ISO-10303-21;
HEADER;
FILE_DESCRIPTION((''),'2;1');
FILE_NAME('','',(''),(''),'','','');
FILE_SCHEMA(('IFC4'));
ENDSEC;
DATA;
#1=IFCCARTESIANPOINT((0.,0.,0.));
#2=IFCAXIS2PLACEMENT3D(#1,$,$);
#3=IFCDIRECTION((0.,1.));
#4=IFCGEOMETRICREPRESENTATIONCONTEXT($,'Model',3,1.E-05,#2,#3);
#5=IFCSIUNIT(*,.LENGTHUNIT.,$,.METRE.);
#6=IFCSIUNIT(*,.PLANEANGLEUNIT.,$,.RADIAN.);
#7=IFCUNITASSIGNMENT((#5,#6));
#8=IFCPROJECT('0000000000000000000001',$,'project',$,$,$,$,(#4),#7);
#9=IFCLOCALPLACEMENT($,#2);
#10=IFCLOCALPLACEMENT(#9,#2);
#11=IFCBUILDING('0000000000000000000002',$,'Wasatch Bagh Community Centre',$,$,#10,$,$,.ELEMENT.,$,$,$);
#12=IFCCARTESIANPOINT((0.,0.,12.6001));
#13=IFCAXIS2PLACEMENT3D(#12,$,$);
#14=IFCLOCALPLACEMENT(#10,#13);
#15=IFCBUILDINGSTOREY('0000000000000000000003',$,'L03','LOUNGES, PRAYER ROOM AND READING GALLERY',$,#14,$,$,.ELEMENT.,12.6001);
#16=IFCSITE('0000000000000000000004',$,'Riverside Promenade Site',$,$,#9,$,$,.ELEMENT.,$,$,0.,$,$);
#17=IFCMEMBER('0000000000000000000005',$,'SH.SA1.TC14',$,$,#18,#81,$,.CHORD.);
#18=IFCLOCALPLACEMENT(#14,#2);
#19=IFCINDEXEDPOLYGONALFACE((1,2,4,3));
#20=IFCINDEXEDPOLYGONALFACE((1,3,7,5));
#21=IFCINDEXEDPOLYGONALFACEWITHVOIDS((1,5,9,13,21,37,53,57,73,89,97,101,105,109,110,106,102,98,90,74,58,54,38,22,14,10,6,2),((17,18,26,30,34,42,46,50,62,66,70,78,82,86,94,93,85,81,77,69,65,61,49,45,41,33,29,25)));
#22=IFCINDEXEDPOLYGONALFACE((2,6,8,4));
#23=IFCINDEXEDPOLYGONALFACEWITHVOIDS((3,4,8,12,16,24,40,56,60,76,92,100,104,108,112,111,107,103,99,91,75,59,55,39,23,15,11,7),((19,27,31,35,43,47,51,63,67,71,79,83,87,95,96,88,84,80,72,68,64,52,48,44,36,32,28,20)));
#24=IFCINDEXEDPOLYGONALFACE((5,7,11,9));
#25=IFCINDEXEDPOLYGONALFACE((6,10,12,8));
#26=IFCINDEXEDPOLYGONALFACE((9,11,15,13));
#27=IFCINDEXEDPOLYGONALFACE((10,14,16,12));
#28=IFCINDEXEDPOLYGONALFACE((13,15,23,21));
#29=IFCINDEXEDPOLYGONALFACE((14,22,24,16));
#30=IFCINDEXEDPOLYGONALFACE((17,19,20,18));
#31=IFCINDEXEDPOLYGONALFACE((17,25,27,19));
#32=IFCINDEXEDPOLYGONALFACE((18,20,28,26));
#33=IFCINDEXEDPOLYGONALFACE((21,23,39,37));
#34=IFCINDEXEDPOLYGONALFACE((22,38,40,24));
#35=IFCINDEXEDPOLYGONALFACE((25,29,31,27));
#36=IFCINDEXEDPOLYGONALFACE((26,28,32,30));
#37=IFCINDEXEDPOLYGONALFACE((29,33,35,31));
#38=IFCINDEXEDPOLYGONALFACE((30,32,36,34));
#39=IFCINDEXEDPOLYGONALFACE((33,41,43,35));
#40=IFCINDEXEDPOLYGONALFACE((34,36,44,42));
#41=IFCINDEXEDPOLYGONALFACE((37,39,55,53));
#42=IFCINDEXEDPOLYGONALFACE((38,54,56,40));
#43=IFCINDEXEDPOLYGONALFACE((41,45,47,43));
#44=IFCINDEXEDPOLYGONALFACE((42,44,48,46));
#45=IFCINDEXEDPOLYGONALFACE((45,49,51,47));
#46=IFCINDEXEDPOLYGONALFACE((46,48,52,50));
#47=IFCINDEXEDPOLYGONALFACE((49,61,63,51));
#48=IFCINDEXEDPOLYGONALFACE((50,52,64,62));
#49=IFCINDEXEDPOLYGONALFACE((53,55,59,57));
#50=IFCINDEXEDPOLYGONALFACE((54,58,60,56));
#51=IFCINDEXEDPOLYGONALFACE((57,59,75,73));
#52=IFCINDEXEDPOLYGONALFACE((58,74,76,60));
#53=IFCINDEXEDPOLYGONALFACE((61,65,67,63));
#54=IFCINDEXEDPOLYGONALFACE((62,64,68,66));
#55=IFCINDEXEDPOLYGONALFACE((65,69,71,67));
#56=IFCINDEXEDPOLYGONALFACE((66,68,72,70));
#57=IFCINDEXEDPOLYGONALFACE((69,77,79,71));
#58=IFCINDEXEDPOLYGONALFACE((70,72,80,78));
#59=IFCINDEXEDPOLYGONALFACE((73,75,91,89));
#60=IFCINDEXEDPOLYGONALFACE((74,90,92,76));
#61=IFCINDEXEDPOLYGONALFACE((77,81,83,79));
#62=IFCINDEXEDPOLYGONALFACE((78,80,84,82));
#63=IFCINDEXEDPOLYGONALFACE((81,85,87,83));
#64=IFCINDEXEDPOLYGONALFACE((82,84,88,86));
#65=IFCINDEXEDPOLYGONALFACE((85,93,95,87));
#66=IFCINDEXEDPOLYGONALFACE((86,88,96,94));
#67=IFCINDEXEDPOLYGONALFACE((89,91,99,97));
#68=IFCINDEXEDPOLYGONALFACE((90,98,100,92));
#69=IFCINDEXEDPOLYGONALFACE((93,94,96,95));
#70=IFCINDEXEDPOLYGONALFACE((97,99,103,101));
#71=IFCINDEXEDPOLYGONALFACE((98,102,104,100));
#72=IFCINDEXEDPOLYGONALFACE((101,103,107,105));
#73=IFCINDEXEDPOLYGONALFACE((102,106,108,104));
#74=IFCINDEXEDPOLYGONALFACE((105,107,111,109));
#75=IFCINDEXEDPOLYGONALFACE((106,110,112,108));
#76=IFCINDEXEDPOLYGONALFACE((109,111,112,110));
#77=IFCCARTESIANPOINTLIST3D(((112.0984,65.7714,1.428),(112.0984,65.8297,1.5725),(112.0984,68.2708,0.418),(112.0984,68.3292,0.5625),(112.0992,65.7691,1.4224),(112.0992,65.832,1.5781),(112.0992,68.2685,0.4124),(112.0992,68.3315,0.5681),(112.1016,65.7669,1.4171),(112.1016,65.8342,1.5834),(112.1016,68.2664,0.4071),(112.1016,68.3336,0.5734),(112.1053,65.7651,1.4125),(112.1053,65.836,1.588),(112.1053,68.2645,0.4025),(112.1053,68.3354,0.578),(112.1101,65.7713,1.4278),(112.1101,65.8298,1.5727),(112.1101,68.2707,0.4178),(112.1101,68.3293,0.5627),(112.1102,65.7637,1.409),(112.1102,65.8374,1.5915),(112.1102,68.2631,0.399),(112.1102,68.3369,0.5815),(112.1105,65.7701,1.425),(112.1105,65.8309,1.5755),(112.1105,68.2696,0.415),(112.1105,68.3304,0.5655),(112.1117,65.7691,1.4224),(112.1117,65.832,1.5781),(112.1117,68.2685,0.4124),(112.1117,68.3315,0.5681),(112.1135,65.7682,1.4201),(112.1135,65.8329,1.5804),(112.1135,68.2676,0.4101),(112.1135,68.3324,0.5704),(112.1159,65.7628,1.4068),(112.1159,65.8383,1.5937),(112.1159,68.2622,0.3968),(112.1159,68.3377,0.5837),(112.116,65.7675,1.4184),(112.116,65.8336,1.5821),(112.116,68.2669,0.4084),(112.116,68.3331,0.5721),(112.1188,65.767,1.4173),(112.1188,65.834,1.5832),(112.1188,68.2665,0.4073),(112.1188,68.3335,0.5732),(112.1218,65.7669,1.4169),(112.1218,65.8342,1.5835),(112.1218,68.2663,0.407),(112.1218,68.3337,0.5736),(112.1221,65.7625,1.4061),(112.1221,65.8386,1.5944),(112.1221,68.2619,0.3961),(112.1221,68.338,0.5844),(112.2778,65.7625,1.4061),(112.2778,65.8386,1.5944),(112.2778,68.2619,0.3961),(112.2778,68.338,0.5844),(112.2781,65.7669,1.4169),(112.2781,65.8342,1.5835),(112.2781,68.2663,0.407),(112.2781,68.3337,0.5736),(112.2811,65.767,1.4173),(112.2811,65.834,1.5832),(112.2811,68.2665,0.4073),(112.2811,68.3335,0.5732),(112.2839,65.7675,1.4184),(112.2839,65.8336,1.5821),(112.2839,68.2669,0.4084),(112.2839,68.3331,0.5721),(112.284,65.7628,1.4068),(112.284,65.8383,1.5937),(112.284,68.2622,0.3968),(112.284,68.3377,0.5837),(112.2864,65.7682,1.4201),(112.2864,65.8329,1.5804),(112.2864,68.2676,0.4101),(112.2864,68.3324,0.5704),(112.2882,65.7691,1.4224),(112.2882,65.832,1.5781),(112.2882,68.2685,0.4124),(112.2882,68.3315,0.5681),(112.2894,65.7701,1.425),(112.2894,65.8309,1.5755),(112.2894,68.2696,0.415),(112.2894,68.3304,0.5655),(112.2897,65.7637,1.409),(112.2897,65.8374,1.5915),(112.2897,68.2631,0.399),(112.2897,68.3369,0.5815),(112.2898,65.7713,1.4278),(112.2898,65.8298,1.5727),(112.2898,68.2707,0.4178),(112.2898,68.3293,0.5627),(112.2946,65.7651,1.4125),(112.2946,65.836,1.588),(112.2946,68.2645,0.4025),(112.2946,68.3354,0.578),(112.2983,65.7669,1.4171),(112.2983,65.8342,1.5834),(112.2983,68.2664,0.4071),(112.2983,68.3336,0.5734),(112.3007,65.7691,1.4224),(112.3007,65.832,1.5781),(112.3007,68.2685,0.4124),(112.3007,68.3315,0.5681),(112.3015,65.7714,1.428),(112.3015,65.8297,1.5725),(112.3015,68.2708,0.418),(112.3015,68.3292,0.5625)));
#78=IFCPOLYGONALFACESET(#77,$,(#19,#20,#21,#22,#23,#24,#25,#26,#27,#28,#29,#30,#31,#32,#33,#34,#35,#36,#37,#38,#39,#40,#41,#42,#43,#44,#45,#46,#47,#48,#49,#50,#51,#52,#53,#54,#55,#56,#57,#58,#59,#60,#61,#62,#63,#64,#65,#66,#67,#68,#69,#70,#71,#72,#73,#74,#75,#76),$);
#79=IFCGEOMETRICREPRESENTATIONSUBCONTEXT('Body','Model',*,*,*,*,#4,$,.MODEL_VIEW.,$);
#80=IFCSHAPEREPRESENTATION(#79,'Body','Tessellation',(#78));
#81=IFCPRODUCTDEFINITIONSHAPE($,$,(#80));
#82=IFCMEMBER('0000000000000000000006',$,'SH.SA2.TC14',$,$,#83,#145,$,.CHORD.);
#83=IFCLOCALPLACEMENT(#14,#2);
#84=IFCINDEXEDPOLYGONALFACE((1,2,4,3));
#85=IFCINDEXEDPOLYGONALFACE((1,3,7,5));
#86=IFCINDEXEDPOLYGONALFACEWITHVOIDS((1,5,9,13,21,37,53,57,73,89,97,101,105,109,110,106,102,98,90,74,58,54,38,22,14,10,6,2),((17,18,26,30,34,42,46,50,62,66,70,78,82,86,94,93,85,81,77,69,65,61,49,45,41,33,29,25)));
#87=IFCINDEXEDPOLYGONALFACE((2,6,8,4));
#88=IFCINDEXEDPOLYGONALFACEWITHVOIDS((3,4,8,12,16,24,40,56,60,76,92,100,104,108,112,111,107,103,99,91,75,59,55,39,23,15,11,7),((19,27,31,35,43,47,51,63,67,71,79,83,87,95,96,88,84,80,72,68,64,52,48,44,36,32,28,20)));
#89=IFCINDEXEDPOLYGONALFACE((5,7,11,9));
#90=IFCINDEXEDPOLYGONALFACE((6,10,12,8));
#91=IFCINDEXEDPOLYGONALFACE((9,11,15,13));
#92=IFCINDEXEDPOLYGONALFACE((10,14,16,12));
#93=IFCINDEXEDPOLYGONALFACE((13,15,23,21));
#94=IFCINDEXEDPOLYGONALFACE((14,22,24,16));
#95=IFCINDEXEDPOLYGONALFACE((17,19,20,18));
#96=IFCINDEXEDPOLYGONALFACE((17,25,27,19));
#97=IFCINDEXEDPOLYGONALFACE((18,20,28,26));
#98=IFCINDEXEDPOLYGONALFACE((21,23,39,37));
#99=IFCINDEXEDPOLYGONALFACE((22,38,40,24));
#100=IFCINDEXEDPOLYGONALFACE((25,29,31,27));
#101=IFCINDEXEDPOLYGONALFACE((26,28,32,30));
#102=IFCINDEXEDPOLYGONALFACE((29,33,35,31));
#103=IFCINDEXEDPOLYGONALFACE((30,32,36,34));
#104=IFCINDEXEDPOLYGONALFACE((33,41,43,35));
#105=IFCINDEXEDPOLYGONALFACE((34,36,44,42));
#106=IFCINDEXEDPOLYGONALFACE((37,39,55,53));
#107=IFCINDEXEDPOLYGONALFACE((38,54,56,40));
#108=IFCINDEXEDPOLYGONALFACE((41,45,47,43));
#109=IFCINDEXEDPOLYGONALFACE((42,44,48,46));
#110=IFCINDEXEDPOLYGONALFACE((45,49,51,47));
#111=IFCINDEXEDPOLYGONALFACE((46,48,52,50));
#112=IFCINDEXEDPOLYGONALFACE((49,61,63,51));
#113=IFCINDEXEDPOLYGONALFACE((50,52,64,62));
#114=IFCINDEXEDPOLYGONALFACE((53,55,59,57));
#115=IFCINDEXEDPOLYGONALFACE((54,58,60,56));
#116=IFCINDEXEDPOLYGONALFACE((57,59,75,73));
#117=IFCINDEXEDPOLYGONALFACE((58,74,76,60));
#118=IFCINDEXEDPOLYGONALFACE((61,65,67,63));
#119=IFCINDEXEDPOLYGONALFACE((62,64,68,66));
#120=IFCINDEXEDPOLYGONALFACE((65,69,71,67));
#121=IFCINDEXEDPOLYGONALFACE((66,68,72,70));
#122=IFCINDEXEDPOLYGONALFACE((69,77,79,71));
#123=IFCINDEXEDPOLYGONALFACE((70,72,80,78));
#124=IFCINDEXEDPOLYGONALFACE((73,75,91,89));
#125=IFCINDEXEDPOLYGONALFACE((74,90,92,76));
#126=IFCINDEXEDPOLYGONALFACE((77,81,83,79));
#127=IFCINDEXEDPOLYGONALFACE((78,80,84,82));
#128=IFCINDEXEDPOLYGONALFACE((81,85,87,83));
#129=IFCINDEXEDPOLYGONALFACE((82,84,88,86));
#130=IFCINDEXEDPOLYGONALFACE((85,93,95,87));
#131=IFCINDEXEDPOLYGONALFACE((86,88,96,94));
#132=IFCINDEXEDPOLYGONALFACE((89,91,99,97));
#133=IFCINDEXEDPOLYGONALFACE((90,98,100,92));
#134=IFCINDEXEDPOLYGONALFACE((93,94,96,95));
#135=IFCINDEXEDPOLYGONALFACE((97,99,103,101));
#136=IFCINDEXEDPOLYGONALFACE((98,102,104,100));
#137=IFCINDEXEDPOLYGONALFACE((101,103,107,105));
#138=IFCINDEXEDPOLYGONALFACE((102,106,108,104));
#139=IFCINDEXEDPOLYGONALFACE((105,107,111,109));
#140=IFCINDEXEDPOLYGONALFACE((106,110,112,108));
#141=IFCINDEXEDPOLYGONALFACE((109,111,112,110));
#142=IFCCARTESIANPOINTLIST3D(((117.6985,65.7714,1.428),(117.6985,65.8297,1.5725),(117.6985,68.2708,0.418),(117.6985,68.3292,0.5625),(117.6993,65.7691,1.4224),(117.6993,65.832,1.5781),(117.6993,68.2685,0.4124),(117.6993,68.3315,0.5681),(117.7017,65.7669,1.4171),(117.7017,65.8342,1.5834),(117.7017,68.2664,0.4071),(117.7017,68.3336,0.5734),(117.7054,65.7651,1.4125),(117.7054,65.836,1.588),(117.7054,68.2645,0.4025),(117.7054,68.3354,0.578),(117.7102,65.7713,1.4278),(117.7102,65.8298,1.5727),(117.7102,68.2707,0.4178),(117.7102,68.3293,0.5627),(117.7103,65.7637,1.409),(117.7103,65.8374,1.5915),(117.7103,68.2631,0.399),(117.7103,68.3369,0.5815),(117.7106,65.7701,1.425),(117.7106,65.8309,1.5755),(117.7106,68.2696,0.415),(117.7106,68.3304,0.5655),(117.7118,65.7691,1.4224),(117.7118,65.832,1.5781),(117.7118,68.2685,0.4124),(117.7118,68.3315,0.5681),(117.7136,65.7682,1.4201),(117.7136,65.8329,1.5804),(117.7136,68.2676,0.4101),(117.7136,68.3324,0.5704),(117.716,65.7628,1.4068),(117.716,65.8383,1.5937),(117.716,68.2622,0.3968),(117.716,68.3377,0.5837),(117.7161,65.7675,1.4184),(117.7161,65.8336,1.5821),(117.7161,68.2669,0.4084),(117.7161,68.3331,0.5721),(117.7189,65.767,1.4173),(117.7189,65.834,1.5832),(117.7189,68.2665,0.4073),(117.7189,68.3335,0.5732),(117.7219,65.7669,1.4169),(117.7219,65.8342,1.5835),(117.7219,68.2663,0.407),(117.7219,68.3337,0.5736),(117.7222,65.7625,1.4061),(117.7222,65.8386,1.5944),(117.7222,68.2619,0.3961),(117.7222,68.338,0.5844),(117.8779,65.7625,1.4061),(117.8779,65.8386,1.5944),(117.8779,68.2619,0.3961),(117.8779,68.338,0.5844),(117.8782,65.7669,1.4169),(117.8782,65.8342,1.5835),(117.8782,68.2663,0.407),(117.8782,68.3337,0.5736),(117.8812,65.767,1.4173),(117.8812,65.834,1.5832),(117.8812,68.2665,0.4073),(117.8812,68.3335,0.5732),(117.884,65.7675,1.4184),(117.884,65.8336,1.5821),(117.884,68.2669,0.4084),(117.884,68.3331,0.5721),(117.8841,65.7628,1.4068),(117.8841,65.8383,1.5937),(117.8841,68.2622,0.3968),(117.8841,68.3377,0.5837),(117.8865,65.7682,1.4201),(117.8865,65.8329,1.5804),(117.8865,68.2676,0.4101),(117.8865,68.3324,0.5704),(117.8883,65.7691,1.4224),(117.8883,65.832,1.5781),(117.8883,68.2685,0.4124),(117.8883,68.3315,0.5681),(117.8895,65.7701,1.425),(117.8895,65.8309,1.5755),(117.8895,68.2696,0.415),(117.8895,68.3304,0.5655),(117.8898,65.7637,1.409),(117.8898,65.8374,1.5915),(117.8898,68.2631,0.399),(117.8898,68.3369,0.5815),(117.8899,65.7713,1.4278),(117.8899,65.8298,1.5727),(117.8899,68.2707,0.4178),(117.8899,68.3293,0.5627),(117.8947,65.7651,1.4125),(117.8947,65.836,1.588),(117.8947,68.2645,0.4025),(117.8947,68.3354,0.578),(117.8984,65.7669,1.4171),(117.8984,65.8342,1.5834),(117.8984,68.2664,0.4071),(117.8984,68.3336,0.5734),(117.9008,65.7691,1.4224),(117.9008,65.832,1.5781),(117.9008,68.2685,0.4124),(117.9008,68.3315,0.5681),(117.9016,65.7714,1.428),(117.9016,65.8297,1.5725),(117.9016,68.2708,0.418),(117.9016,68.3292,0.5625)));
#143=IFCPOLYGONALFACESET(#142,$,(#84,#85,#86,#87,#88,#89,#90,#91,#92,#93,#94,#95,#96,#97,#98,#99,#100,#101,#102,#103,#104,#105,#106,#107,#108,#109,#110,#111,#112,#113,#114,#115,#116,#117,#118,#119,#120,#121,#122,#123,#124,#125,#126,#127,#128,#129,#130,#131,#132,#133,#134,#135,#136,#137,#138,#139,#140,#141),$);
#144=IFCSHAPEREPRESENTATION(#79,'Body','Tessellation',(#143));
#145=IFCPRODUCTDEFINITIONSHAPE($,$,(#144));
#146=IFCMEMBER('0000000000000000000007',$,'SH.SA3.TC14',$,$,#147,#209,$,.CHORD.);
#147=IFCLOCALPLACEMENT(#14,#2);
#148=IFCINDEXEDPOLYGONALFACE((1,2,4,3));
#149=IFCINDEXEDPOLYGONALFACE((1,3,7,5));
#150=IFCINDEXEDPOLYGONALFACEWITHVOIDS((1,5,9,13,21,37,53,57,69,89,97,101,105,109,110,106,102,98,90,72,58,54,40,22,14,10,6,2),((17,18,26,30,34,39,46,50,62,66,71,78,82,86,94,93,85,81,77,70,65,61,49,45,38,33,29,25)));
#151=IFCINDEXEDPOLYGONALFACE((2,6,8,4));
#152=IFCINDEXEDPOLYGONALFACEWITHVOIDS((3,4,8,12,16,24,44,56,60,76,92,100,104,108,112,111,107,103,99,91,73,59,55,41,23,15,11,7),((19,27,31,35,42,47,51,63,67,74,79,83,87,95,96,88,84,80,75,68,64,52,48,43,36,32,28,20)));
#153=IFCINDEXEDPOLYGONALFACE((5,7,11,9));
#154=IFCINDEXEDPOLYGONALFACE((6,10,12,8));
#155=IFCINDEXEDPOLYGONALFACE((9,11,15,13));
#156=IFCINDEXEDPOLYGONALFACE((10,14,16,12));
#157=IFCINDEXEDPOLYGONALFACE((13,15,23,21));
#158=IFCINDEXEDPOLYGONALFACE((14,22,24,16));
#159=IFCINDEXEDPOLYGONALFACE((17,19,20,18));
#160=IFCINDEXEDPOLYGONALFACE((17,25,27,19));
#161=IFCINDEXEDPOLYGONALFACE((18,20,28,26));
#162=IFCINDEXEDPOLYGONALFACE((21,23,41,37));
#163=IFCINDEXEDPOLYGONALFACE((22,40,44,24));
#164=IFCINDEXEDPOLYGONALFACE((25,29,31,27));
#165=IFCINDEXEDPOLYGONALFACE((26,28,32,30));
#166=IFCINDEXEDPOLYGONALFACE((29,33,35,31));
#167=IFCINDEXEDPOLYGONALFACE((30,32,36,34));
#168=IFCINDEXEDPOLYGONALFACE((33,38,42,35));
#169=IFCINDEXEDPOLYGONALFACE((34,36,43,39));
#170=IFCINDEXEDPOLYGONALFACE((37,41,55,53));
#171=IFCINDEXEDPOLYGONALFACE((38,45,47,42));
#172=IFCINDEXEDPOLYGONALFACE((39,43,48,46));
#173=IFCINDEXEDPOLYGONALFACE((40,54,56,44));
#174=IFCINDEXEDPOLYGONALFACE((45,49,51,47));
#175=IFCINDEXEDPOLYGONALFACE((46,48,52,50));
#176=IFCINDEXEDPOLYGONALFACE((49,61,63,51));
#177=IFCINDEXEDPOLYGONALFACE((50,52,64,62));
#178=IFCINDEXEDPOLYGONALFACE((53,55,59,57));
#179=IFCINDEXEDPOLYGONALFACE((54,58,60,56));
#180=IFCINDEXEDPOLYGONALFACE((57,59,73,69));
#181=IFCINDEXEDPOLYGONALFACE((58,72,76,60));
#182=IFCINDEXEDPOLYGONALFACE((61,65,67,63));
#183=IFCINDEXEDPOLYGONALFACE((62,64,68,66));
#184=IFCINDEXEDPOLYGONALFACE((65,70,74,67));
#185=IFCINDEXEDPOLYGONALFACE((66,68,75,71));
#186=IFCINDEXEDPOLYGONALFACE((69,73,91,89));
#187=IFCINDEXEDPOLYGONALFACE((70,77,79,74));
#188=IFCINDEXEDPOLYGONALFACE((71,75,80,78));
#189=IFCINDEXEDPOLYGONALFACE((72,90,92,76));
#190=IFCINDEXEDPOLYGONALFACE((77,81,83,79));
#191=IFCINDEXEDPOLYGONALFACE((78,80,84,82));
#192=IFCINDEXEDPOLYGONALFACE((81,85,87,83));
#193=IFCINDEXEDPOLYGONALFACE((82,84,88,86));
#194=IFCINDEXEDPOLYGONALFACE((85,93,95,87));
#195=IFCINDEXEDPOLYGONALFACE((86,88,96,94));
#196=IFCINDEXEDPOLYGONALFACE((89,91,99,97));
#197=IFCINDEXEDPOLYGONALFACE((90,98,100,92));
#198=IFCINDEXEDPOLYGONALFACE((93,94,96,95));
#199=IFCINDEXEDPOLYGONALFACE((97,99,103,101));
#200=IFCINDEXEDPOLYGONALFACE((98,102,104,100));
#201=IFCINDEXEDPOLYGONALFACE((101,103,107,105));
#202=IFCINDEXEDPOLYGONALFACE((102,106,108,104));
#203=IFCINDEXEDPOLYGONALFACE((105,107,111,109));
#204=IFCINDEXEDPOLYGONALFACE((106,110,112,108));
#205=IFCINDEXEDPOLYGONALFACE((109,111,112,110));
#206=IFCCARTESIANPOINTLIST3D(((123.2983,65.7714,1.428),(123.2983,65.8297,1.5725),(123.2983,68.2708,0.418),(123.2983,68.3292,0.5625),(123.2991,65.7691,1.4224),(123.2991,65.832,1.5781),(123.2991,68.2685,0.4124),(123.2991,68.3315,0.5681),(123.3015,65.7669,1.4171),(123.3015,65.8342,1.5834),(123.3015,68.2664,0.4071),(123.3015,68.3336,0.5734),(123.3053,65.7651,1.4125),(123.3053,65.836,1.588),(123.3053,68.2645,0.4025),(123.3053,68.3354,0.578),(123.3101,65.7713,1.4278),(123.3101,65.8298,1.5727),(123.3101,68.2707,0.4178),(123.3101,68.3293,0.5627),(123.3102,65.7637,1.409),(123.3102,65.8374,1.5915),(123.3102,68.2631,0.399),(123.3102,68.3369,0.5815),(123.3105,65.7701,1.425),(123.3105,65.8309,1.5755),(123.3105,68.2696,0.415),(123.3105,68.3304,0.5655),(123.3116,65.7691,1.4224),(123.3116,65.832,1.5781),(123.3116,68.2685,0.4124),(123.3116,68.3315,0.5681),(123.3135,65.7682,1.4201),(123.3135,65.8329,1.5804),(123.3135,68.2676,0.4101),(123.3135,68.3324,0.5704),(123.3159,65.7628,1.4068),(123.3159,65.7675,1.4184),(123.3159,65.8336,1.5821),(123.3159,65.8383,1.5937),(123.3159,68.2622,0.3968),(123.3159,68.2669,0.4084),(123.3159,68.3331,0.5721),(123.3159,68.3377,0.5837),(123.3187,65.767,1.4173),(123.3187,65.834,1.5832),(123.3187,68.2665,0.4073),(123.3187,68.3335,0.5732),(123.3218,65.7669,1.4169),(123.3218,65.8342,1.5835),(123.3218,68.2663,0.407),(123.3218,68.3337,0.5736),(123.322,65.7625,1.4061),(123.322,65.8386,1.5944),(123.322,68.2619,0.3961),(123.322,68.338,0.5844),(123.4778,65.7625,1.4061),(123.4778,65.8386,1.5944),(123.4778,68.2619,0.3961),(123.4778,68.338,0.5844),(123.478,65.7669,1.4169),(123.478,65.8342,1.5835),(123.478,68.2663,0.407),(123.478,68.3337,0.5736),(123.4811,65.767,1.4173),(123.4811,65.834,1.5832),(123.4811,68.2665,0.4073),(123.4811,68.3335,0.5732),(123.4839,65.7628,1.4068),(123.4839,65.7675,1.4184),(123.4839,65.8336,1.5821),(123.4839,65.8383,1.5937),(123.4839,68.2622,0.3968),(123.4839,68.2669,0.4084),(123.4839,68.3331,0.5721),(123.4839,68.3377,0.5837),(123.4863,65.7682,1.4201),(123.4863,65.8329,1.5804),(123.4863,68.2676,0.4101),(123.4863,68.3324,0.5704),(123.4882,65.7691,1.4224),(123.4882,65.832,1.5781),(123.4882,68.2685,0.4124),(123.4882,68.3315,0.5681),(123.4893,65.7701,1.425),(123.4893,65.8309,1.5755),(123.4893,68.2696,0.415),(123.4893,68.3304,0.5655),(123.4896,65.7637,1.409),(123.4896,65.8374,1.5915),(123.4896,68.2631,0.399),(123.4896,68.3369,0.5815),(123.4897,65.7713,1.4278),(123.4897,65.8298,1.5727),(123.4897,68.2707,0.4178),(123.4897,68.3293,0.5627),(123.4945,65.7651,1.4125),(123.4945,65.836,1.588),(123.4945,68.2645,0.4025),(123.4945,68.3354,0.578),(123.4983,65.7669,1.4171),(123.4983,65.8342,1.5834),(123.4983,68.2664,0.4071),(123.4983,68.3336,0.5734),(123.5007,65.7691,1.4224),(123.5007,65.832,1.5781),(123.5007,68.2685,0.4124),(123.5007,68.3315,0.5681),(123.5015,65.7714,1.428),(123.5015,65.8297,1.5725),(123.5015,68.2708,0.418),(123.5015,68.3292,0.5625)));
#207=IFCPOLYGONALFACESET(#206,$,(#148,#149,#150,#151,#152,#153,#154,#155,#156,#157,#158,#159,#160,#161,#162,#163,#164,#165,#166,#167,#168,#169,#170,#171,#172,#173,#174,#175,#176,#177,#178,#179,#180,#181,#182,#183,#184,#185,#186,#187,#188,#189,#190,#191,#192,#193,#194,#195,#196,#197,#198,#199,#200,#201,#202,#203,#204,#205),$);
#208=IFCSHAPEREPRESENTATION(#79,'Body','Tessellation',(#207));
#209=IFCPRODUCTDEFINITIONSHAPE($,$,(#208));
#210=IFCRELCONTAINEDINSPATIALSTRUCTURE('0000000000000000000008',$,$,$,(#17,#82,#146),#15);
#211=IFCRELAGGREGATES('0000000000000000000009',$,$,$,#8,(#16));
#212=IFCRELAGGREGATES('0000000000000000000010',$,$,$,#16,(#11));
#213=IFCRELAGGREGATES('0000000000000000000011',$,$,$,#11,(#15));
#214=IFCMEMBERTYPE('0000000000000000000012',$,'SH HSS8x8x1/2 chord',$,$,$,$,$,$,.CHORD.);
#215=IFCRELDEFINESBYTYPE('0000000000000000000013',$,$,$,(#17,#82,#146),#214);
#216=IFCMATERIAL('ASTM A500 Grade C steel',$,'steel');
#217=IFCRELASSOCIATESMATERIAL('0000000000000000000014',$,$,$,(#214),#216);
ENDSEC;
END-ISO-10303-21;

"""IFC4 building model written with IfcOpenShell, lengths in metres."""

from ifc_helpers import new_model, si_unit, direction, frame, origin, origin_2d, place, context, subcontext, project, spatial, hollow_rectangle, extrude, material, material_profile, profile_set, type_object, element, save


model = new_model("IFC4")

# Units and contexts
model_context = context("Model", 3, precision=1e-05, world=origin(), true_north=direction((0.0, 1.0)))
body_context = subcontext(model_context, "Body", "Model", "MODEL_VIEW")
ifc_project = project(units=[si_unit("LENGTHUNIT", "METRE"), si_unit("PLANEANGLEUNIT", "RADIAN")], contexts=[model_context])

# Site, building, storey
site_placement = place(None, origin())
site = spatial("IfcSite", under=ifc_project, at=site_placement, Name="Riverside Promenade Site", CompositionType="ELEMENT", RefElevation=0.0)
building_placement = place(site_placement, origin())
building = spatial("IfcBuilding", under=site, at=building_placement, Name="Wasatch Bagh Community Centre", CompositionType="ELEMENT")
storey_placement = place(building_placement, frame((0.0, 0.0, 12.6001)))
storey = spatial("IfcBuildingStorey", under=building, at=storey_placement, Name="L03", Description="LOUNGES, PRAYER ROOM AND READING GALLERY", CompositionType="ELEMENT", Elevation=12.6001)

# Members
ifc_material_1 = material(Name="ASTM A500 Grade C steel", Category="steel")
ifc_material_profile_1 = material_profile(ifc_material_1, hollow_rectangle(XDim=0.2031, YDim=0.2031, WallThickness=0.0117, InnerFilletRadius=0.0117, OuterFilletRadius=0.0237, at=origin_2d()), Name="HSS8x8x1/2")
ifc_profile_set_1 = profile_set([ifc_material_profile_1], Name="ASTM A500 Grade C steel")
member_type_1 = type_object("IfcMemberType", Name="SH HSS8x8x1/2 chord", PredefinedType="CHORD", material=ifc_profile_set_1)
for number, where, z_axis, x_axis, name in (
    (1, (112.2, 65.8005, 1.5002), (0.0, 0.927166, -0.374652), (-1.0, 0.0, 0.0), "SH.SA1.TC14"),
    (2, (117.8, 65.8005, 1.5002), (0.0, 0.927166, -0.374652), (-1.0, 0.0, 0.0), "SH.SA2.TC14"),
    (3, (123.3999, 65.8005, 1.5002), (0.0, 0.927166, -0.374652), (-1.0, 0.0, 0.0), "SH.SA3.TC14"),
):
    element("IfcMember", number, at=place(storey_placement, frame(where, z_axis=z_axis, x_axis=x_axis)), inside=storey, type_object=member_type_1, Name=name, PredefinedType="CHORD", context=body_context, shape_type="SweptSolid", body=[
        extrude(hollow_rectangle(XDim=0.2031, YDim=0.2031, WallThickness=0.0117, InnerFilletRadius=0.0117, OuterFilletRadius=0.0237, at=origin_2d()), origin(), (0.0, 0.0, 1.0), 2.6958),
    ])

save(model, "model.ifc")
